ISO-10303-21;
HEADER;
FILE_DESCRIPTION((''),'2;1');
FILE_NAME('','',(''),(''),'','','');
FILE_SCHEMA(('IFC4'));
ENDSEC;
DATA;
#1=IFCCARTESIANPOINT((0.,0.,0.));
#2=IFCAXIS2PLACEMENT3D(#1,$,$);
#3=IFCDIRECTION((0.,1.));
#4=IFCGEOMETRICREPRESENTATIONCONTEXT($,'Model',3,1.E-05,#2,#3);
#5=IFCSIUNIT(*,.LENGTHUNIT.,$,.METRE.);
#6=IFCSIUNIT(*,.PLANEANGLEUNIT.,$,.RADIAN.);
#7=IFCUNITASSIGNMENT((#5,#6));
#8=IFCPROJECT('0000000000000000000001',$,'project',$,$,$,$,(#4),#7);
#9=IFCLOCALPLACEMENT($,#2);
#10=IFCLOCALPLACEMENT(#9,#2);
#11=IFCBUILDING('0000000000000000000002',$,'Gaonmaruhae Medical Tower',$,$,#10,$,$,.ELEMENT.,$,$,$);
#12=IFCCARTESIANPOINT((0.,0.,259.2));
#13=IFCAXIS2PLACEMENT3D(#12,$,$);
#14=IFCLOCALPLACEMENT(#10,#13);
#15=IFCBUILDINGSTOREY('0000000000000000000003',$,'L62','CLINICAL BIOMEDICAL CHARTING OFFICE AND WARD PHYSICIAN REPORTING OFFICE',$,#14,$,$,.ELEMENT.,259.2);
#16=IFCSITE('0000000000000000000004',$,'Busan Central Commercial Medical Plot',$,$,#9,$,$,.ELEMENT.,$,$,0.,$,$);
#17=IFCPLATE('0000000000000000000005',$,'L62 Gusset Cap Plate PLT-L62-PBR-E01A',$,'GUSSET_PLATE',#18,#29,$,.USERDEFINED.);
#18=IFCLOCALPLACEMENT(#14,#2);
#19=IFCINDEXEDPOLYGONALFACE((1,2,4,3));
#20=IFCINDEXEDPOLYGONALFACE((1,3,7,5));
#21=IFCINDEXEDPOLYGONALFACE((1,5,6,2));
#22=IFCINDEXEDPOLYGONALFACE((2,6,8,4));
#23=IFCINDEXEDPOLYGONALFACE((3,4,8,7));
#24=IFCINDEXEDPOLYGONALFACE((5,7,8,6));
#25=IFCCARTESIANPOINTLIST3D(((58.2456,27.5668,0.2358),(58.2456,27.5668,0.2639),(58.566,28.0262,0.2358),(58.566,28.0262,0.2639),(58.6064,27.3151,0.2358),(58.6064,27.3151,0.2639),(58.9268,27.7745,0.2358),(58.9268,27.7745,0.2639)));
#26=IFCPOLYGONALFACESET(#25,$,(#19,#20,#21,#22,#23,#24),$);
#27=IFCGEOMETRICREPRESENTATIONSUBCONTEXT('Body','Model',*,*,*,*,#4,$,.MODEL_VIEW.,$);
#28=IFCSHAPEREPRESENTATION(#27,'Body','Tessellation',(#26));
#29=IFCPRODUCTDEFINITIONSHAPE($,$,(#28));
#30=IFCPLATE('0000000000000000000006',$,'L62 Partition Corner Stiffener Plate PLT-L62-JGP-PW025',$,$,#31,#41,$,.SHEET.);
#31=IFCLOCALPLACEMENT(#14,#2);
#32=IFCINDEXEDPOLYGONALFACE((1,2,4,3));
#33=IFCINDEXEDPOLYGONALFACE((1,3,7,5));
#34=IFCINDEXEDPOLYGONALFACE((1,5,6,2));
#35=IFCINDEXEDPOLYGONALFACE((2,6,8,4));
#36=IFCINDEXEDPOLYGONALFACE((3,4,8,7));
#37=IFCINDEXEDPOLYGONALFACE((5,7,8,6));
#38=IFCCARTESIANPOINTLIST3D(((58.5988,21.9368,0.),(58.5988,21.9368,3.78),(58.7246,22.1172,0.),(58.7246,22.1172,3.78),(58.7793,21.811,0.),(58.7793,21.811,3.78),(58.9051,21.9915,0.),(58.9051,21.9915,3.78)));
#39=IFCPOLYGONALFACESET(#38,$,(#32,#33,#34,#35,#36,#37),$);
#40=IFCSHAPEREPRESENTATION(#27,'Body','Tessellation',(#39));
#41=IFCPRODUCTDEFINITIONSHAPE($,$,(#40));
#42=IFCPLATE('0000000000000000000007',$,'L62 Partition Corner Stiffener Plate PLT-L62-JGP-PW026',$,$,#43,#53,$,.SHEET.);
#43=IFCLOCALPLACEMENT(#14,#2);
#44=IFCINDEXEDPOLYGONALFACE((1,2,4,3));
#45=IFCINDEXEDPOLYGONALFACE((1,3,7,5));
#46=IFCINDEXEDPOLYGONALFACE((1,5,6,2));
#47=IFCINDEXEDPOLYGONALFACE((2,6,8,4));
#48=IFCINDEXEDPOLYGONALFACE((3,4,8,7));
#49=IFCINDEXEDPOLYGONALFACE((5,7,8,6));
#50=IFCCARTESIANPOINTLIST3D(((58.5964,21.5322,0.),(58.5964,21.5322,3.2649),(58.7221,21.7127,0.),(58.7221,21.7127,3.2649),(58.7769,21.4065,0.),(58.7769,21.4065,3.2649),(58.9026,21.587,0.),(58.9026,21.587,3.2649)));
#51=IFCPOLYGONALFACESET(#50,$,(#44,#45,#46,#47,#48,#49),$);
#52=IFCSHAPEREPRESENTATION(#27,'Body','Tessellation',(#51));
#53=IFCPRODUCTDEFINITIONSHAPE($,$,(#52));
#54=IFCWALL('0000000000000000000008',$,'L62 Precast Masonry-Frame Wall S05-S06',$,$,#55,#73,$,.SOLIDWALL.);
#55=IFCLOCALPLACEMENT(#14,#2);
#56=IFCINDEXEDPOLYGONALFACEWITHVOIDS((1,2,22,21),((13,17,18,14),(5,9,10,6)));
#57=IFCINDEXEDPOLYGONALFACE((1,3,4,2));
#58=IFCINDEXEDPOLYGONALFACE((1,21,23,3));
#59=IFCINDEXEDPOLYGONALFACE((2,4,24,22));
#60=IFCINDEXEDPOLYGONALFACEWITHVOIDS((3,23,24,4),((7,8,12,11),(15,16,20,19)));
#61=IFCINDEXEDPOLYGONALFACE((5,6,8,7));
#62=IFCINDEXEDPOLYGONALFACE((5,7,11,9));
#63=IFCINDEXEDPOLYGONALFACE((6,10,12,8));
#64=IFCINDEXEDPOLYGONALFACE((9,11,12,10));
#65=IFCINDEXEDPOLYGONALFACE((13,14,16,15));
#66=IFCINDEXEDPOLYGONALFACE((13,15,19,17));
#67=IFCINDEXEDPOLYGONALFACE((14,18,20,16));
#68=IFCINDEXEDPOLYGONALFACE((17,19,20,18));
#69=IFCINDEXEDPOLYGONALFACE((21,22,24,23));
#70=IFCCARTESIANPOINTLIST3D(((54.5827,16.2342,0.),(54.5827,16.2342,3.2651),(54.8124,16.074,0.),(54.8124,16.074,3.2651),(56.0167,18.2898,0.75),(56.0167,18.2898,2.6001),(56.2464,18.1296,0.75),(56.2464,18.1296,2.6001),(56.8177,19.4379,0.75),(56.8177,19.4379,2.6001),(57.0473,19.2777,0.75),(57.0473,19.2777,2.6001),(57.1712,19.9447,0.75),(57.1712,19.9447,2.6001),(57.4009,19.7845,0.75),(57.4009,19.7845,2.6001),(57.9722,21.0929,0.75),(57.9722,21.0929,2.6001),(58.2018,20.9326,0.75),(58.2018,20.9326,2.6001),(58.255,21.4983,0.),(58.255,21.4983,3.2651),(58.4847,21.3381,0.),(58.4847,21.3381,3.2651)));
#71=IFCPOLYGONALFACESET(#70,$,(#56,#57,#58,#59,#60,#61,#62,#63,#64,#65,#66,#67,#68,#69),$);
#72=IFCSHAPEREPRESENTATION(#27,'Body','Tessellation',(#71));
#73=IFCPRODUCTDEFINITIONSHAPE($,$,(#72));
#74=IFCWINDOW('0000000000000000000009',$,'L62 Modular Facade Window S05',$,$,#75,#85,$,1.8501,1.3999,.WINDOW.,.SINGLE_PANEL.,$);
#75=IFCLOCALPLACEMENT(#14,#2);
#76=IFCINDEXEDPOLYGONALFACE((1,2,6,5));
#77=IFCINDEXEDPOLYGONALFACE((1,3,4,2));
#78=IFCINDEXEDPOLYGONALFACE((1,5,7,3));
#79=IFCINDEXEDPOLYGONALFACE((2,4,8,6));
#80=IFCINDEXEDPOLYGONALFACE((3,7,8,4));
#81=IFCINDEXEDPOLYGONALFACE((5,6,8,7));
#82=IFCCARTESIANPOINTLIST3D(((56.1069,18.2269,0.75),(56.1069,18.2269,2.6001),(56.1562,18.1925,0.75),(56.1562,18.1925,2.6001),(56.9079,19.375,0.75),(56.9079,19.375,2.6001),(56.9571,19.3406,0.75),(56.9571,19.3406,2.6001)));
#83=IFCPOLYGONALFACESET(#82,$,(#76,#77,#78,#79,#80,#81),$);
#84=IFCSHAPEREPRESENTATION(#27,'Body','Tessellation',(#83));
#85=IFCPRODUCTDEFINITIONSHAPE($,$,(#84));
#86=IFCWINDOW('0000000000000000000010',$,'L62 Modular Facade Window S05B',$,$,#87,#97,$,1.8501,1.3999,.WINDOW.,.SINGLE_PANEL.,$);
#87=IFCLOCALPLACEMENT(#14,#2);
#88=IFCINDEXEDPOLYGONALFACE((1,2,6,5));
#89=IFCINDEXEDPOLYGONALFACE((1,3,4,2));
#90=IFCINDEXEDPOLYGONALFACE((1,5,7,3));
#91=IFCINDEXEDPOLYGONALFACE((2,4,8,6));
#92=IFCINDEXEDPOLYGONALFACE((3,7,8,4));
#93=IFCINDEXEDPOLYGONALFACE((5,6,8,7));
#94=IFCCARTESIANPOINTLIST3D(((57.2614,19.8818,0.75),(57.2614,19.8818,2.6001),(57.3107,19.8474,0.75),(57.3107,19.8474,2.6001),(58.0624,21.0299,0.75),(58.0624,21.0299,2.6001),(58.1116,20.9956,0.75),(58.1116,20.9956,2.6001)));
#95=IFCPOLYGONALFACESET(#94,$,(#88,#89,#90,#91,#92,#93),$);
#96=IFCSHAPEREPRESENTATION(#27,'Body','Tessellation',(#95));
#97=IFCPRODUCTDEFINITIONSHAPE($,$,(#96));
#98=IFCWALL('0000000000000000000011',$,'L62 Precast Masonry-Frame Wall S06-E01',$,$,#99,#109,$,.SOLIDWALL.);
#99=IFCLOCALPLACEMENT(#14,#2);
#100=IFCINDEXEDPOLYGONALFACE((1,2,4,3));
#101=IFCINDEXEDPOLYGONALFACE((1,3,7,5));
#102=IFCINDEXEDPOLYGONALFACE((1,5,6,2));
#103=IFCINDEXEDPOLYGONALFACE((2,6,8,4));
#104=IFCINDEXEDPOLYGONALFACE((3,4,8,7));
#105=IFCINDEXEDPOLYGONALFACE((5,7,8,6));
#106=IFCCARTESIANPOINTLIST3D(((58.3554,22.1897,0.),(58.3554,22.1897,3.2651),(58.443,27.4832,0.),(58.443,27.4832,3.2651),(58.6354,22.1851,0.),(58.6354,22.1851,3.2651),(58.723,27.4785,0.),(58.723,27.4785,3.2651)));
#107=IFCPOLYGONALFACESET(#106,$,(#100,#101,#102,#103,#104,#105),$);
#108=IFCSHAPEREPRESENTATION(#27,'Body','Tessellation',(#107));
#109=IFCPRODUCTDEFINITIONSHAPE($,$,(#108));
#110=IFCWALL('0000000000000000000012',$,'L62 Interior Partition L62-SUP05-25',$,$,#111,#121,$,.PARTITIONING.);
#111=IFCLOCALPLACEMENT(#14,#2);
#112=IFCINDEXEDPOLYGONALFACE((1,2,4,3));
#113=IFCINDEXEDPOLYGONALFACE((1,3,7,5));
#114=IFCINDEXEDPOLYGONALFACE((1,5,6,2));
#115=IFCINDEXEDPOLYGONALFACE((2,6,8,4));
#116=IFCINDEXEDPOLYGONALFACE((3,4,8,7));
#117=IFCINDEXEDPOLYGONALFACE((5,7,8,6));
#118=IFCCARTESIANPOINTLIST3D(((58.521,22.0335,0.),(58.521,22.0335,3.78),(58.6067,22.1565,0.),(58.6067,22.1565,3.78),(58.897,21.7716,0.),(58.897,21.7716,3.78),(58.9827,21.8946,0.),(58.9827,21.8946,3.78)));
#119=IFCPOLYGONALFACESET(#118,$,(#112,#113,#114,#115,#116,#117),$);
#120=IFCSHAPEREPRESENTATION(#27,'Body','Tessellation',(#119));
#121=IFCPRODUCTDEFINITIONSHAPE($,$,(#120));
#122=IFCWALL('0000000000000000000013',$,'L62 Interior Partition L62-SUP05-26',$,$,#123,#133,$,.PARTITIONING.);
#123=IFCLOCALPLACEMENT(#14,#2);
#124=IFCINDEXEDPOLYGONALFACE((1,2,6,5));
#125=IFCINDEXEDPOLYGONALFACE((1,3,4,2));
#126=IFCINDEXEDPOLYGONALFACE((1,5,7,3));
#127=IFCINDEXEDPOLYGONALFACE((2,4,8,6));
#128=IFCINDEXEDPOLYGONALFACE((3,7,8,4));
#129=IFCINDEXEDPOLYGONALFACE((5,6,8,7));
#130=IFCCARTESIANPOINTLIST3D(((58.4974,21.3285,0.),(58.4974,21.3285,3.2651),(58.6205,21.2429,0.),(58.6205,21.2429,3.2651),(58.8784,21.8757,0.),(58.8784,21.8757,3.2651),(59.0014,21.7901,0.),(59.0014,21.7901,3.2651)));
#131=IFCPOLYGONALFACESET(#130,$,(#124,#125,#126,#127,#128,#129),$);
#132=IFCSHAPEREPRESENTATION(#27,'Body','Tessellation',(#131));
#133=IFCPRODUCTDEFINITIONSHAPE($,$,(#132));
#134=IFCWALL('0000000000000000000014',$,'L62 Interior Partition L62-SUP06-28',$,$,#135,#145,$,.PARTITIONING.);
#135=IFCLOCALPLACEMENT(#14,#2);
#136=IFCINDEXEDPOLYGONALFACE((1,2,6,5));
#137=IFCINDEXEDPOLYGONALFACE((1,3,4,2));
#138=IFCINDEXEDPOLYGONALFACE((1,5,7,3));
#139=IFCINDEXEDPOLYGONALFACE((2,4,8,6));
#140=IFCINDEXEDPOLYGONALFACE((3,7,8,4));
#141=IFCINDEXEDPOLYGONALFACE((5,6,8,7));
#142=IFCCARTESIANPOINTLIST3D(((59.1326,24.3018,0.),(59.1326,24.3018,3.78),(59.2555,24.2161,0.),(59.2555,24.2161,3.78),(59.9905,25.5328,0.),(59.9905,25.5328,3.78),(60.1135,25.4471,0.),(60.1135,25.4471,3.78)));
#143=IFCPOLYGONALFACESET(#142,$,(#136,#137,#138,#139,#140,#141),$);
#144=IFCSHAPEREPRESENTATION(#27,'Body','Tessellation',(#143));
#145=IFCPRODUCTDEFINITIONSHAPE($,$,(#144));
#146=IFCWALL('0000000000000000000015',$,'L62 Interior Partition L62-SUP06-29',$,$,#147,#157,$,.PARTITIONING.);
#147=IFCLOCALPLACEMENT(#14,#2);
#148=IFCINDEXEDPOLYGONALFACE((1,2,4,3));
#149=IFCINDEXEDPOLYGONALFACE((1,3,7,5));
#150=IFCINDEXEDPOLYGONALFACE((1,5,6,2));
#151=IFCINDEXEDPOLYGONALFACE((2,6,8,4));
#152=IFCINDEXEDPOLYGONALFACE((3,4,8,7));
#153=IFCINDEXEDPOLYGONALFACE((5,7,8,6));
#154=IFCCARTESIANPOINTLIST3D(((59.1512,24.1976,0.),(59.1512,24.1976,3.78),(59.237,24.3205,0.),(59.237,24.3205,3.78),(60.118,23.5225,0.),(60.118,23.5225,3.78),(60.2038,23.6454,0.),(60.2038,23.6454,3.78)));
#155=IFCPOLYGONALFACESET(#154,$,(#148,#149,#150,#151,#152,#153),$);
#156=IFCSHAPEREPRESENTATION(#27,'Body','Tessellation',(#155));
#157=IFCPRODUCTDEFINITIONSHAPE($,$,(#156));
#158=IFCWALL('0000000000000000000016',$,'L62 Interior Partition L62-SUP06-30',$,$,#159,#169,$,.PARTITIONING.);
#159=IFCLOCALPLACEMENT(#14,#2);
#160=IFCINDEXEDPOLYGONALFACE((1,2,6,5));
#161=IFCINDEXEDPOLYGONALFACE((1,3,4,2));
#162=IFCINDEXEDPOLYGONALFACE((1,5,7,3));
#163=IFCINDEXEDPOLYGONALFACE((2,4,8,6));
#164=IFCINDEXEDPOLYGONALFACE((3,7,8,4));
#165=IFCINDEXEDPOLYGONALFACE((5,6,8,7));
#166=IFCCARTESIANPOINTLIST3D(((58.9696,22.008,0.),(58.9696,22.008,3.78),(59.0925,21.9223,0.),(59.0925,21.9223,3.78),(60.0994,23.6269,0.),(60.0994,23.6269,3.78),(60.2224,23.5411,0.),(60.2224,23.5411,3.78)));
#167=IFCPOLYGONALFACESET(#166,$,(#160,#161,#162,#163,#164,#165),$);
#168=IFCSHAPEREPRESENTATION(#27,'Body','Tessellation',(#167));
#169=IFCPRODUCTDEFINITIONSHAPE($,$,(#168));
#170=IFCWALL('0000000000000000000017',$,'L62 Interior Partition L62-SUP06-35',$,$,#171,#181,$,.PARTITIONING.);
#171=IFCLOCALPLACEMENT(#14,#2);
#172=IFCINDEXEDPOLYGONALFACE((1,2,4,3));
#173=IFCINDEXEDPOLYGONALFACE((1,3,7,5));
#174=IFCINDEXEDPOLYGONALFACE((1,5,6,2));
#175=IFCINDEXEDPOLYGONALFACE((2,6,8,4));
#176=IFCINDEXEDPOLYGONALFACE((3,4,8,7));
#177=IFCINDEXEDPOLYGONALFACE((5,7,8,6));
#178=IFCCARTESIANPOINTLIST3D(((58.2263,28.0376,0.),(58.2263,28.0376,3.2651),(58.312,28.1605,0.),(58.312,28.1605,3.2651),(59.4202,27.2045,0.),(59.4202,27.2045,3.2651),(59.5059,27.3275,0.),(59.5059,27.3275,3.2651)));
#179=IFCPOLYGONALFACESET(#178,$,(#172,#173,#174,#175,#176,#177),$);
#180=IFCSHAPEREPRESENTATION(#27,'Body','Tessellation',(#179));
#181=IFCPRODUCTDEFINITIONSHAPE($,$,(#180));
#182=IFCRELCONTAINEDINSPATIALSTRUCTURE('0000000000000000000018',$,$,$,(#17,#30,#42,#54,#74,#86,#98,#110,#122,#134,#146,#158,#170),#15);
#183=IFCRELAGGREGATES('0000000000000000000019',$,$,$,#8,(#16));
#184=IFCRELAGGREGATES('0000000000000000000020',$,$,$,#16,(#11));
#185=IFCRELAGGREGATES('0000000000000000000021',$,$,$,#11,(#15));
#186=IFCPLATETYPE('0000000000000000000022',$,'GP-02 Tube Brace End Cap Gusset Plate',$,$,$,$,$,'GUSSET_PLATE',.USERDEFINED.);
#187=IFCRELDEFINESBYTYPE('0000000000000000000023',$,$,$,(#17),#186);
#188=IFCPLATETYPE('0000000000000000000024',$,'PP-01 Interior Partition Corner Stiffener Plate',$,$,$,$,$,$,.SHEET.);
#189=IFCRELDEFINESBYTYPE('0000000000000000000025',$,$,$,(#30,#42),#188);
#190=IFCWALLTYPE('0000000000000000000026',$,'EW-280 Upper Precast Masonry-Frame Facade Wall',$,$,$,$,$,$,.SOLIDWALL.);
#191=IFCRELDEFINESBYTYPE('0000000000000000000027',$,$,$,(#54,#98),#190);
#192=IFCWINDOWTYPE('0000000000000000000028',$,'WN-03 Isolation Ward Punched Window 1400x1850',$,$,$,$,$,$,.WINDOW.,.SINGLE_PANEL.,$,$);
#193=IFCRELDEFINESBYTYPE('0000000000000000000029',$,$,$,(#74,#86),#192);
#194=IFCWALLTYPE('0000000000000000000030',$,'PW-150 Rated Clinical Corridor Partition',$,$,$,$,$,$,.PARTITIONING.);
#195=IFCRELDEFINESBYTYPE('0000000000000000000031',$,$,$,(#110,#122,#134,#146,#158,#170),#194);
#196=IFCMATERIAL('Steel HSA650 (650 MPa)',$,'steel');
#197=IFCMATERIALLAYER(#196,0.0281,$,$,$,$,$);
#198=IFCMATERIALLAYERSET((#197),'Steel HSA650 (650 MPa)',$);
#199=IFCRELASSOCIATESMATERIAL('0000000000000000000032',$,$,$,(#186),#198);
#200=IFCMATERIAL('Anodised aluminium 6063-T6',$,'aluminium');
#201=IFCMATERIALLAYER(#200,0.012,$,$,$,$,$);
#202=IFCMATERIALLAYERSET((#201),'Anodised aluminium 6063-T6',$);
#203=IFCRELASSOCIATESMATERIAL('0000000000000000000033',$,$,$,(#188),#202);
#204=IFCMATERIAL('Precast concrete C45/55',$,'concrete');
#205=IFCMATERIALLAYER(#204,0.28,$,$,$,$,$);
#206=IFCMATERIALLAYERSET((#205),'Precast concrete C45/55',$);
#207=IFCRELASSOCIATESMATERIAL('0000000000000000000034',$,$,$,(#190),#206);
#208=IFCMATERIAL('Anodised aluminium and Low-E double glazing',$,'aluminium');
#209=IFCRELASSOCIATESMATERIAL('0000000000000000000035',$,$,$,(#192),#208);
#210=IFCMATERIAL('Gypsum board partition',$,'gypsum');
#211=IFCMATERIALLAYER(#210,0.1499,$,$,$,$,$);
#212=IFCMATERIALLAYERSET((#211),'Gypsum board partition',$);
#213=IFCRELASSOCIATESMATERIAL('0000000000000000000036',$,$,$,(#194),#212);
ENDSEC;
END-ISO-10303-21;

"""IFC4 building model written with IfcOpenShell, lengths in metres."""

from ifc_helpers import new_model, si_unit, direction, frame, frame_2d, origin, origin_2d, place, context, subcontext, project, spatial, rectangle, extrude, material, layer, layer_set, type_object, element, fill, save


model = new_model("IFC4")

# Units and contexts
model_context = context("Model", 3, precision=1e-05, world=origin(), true_north=direction((0.0, 1.0)))
body_context = subcontext(model_context, "Body", "Model", "MODEL_VIEW")
ifc_project = project(units=[si_unit("LENGTHUNIT", "METRE"), si_unit("PLANEANGLEUNIT", "RADIAN")], contexts=[model_context])

# Site, building, storey
site_placement = place(None, origin())
site = spatial("IfcSite", under=ifc_project, at=site_placement, Name="Busan Central Commercial Medical Plot", CompositionType="ELEMENT", RefElevation=0.0)
building_placement = place(site_placement, origin())
building = spatial("IfcBuilding", under=site, at=building_placement, Name="Gaonmaruhae Medical Tower", CompositionType="ELEMENT")
storey_placement = place(building_placement, frame((0.0, 0.0, 259.2)))
storey = spatial("IfcBuildingStorey", under=building, at=storey_placement, Name="L62", Description="CLINICAL BIOMEDICAL CHARTING OFFICE AND WARD PHYSICIAN REPORTING OFFICE", CompositionType="ELEMENT", Elevation=259.2)

# Plates
ifc_material_1 = material(Name="Steel HSA650 (650 MPa)", Category="steel")
ifc_layer_1 = layer(ifc_material_1, 0.0281)
ifc_layer_set_1 = layer_set([ifc_layer_1], Name="Steel HSA650 (650 MPa)")
plate_type_1 = type_object("IfcPlateType", Name="GP-02 Tube Brace End Cap Gusset Plate", ElementType="GUSSET_PLATE", PredefinedType="USERDEFINED", material=ifc_layer_set_1)
plate_1_placement = place(storey_placement, frame((58.5862, 27.6707, 0.2358), z_axis=(0.0, 0.0, 1.0), x_axis=(0.572146, 0.820152, 0.0)))
element("IfcPlate", 1, at=plate_1_placement, inside=storey, type_object=plate_type_1, Name="L62 Gusset Cap Plate PLT-L62-PBR-E01A", ObjectType="GUSSET_PLATE", PredefinedType="USERDEFINED", context=body_context, shape_type="SweptSolid", body=[
    extrude(rectangle(XDim=0.5601, YDim=0.4399, at=origin_2d()), origin(), (0.0, 0.0, 1.0), 0.0281),
])
ifc_material_2 = material(Name="Anodised aluminium 6063-T6", Category="aluminium")
ifc_layer_2 = layer(ifc_material_2, 0.012)
ifc_layer_set_2 = layer_set([ifc_layer_2], Name="Anodised aluminium 6063-T6")
plate_type_2 = type_object("IfcPlateType", Name="PP-01 Interior Partition Corner Stiffener Plate", PredefinedType="SHEET", material=ifc_layer_set_2)
plate_2_placement = place(storey_placement, frame((58.752, 21.9641, 0.0), z_axis=(0.0, 0.0, 1.0), x_axis=(0.820461, -0.571702, 0.0)))
element("IfcPlate", 2, at=plate_2_placement, inside=storey, type_object=plate_type_2, Name="L62 Partition Corner Stiffener Plate PLT-L62-JGP-PW025", PredefinedType="SHEET", context=body_context, shape_type="SweptSolid", body=[
    extrude(rectangle(XDim=0.22, YDim=0.22, at=origin_2d()), origin(), (0.0, 0.0, 1.0), 3.78),
])
plate_3_placement = place(storey_placement, frame((58.7495, 21.5596, 0.0), z_axis=(0.0, 0.0, 1.0), x_axis=(-0.571545, -0.820571, 0.0)))
element("IfcPlate", 3, at=plate_3_placement, inside=storey, type_object=plate_type_2, Name="L62 Partition Corner Stiffener Plate PLT-L62-JGP-PW026", PredefinedType="SHEET", context=body_context, shape_type="SweptSolid", body=[
    extrude(rectangle(XDim=0.22, YDim=0.22, at=origin_2d()), origin(), (0.0, 0.0, 1.0), 3.2649),
])

# Wall, openings, windows
ifc_material_3 = material(Name="Precast concrete C45/55", Category="concrete")
ifc_layer_3 = layer(ifc_material_3, 0.28)
ifc_layer_set_3 = layer_set([ifc_layer_3], Name="Precast concrete C45/55")
wall_type_1 = type_object("IfcWallType", Name="EW-280 Upper Precast Masonry-Frame Facade Wall", PredefinedType="SOLIDWALL", material=ifc_layer_set_3)
wall_1_placement = place(storey_placement, frame((58.3699, 21.4182, 0.0), z_axis=(0.0, 0.0, 1.0), x_axis=(-0.572149, -0.820149, 0.0)))
wall_1 = element("IfcWall", 4, at=wall_1_placement, inside=storey, type_object=wall_type_1, Name="L62 Precast Masonry-Frame Wall S05-S06", PredefinedType="SOLIDWALL", context=body_context, shape_type="SweptSolid", body=[
    extrude(rectangle(XDim=6.4185, YDim=0.28, at=frame_2d((3.2092, 0.0))), origin(), (0.0, 0.0, 1.0), 3.2651),
])
opening_1_placement = place(wall_1_placement, frame((2.5122, 0.0, 0.75)))
opening_1 = element("IfcOpeningElement", 5, at=opening_1_placement, cuts=wall_1, PredefinedType="OPENING", context=body_context, shape_type="SweptSolid", body=[
    extrude(rectangle(XDim=1.3999, YDim=1.8501, at=frame_2d((0.7, 0.925))), frame((0.0, 0.1499, 0.0), z_axis=(0.0, -1.0, 0.0), x_axis=(1.0, 0.0, 0.0)), (0.0, 0.0, 1.0), 0.3),
])
opening_2_placement = place(wall_1_placement, frame((0.4944, 0.0, 0.75)))
opening_2 = element("IfcOpeningElement", 6, at=opening_2_placement, cuts=wall_1, PredefinedType="OPENING", context=body_context, shape_type="SweptSolid", body=[
    extrude(rectangle(XDim=1.3999, YDim=1.8501, at=frame_2d((0.7, 0.925))), frame((0.0, 0.1499, 0.0), z_axis=(0.0, -1.0, 0.0), x_axis=(1.0, 0.0, 0.0)), (0.0, 0.0, 1.0), 0.3),
])
ifc_material_4 = material(Name="Anodised aluminium and Low-E double glazing", Category="aluminium")
window_type = type_object("IfcWindowType", Name="WN-03 Isolation Ward Punched Window 1400x1850", PartitioningType="SINGLE_PANEL", PredefinedType="WINDOW", material=ifc_material_4)
window_1_placement = place(opening_1_placement, origin())
window_1 = element("IfcWindow", 7, at=window_1_placement, inside=storey, type_object=window_type, Name="L62 Modular Facade Window S05", OverallHeight=1.8501, OverallWidth=1.3999, PartitioningType="SINGLE_PANEL", PredefinedType="WINDOW", context=body_context, shape_type="SweptSolid", body=[
    extrude(rectangle(XDim=1.3999, YDim=1.8501, at=frame_2d((0.7, 0.925))), frame((0.0, 0.03, 0.0), z_axis=(0.0, -1.0, 0.0), x_axis=(1.0, 0.0, 0.0)), (0.0, 0.0, 1.0), 0.0601),
])
fill(opening_1, window_1)
window_2_placement = place(opening_2_placement, origin())
window_2 = element("IfcWindow", 8, at=window_2_placement, inside=storey, type_object=window_type, Name="L62 Modular Facade Window S05B", OverallHeight=1.8501, OverallWidth=1.3999, PartitioningType="SINGLE_PANEL", PredefinedType="WINDOW", context=body_context, shape_type="SweptSolid", body=[
    extrude(rectangle(XDim=1.3999, YDim=1.8501, at=frame_2d((0.7, 0.925))), frame((0.0, 0.03, 0.0), z_axis=(0.0, -1.0, 0.0), x_axis=(1.0, 0.0, 0.0)), (0.0, 0.0, 1.0), 0.0601),
])
fill(opening_2, window_2)

# Walls
wall_2_placement = place(storey_placement, frame((58.583, 27.4807, 0.0), z_axis=(0.0, 0.0, 1.0), x_axis=(-0.016555, -0.999863, 0.0)))
element("IfcWall", 9, at=wall_2_placement, inside=storey, type_object=wall_type_1, Name="L62 Precast Masonry-Frame Wall S06-E01", PredefinedType="SOLIDWALL", context=body_context, shape_type="SweptSolid", body=[
    extrude(rectangle(XDim=5.2942, YDim=0.28, at=frame_2d((2.647, 0.0))), origin(), (0.0, 0.0, 1.0), 3.2651),
])
ifc_material_5 = material(Name="Gypsum board partition", Category="gypsum")
ifc_layer_4 = layer(ifc_material_5, 0.1499)
ifc_layer_set_4 = layer_set([ifc_layer_4], Name="Gypsum board partition")
wall_type_2 = type_object("IfcWallType", Name="PW-150 Rated Clinical Corridor Partition", PredefinedType="PARTITIONING", material=ifc_layer_set_4)
wall_3_placement = place(storey_placement, frame((58.564, 22.095, 0.0), z_axis=(0.0, 0.0, 1.0), x_axis=(0.820481, -0.571673, 0.0)))
element("IfcWall", 10, at=wall_3_placement, inside=storey, type_object=wall_type_2, Name="L62 Interior Partition L62-SUP05-25", PredefinedType="PARTITIONING", context=body_context, shape_type="SweptSolid", body=[
    extrude(rectangle(XDim=0.4583, YDim=0.1499, at=frame_2d((0.229, 0.0))), origin(), (0.0, 0.0, 1.0), 3.78),
])
wall_4_placement = place(storey_placement, frame((58.9399, 21.833, 0.0), z_axis=(0.0, 0.0, 1.0), x_axis=(-0.571322, -0.820726, 0.0)))
element("IfcWall", 11, at=wall_4_placement, inside=storey, type_object=wall_type_2, Name="L62 Interior Partition L62-SUP05-26", PredefinedType="PARTITIONING", context=body_context, shape_type="SweptSolid", body=[
    extrude(rectangle(XDim=0.6667, YDim=0.1499, at=frame_2d((0.3335, 0.0))), origin(), (0.0, 0.0, 1.0), 3.2651),
])
wall_5_placement = place(storey_placement, frame((60.052, 25.49, 0.0), z_axis=(0.0, 0.0, 1.0), x_axis=(-0.571779, -0.820407, 0.0)))
element("IfcWall", 12, at=wall_5_placement, inside=storey, type_object=wall_type_2, Name="L62 Interior Partition L62-SUP06-28", PredefinedType="PARTITIONING", context=body_context, shape_type="SweptSolid", body=[
    extrude(rectangle(XDim=1.5005, YDim=0.1499, at=frame_2d((0.7502, 0.0))), origin(), (0.0, 0.0, 1.0), 3.78),
])
wall_6_placement = place(storey_placement, frame((59.1941, 24.259, 0.0), z_axis=(0.0, 0.0, 1.0), x_axis=(0.819912, -0.572489, 0.0)))
element("IfcWall", 13, at=wall_6_placement, inside=storey, type_object=wall_type_2, Name="L62 Interior Partition L62-SUP06-29", PredefinedType="PARTITIONING", context=body_context, shape_type="SweptSolid", body=[
    extrude(rectangle(XDim=1.1792, YDim=0.1499, at=frame_2d((0.5896, 0.0))), origin(), (0.0, 0.0, 1.0), 3.78),
])
wall_7_placement = place(storey_placement, frame((60.1609, 23.584, 0.0), z_axis=(0.0, 0.0, 1.0), x_axis=(-0.572325, -0.820027, 0.0)))
element("IfcWall", 14, at=wall_7_placement, inside=storey, type_object=wall_type_2, Name="L62 Interior Partition L62-SUP06-30", PredefinedType="PARTITIONING", context=body_context, shape_type="SweptSolid", body=[
    extrude(rectangle(XDim=1.9741, YDim=0.1499, at=frame_2d((0.9871, 0.0))), origin(), (0.0, 0.0, 1.0), 3.78),
])
wall_8_placement = place(storey_placement, frame((58.269, 28.0991, 0.0), z_axis=(0.0, 0.0, 1.0), x_axis=(0.820098, -0.572224, 0.0)))
element("IfcWall", 15, at=wall_8_placement, inside=storey, type_object=wall_type_2, Name="L62 Interior Partition L62-SUP06-35", PredefinedType="PARTITIONING", context=body_context, shape_type="SweptSolid", body=[
    extrude(rectangle(XDim=1.4558, YDim=0.1499, at=frame_2d((0.728, 0.0))), origin(), (0.0, 0.0, 1.0), 3.2651),
])

save(model, "model.ifc")
